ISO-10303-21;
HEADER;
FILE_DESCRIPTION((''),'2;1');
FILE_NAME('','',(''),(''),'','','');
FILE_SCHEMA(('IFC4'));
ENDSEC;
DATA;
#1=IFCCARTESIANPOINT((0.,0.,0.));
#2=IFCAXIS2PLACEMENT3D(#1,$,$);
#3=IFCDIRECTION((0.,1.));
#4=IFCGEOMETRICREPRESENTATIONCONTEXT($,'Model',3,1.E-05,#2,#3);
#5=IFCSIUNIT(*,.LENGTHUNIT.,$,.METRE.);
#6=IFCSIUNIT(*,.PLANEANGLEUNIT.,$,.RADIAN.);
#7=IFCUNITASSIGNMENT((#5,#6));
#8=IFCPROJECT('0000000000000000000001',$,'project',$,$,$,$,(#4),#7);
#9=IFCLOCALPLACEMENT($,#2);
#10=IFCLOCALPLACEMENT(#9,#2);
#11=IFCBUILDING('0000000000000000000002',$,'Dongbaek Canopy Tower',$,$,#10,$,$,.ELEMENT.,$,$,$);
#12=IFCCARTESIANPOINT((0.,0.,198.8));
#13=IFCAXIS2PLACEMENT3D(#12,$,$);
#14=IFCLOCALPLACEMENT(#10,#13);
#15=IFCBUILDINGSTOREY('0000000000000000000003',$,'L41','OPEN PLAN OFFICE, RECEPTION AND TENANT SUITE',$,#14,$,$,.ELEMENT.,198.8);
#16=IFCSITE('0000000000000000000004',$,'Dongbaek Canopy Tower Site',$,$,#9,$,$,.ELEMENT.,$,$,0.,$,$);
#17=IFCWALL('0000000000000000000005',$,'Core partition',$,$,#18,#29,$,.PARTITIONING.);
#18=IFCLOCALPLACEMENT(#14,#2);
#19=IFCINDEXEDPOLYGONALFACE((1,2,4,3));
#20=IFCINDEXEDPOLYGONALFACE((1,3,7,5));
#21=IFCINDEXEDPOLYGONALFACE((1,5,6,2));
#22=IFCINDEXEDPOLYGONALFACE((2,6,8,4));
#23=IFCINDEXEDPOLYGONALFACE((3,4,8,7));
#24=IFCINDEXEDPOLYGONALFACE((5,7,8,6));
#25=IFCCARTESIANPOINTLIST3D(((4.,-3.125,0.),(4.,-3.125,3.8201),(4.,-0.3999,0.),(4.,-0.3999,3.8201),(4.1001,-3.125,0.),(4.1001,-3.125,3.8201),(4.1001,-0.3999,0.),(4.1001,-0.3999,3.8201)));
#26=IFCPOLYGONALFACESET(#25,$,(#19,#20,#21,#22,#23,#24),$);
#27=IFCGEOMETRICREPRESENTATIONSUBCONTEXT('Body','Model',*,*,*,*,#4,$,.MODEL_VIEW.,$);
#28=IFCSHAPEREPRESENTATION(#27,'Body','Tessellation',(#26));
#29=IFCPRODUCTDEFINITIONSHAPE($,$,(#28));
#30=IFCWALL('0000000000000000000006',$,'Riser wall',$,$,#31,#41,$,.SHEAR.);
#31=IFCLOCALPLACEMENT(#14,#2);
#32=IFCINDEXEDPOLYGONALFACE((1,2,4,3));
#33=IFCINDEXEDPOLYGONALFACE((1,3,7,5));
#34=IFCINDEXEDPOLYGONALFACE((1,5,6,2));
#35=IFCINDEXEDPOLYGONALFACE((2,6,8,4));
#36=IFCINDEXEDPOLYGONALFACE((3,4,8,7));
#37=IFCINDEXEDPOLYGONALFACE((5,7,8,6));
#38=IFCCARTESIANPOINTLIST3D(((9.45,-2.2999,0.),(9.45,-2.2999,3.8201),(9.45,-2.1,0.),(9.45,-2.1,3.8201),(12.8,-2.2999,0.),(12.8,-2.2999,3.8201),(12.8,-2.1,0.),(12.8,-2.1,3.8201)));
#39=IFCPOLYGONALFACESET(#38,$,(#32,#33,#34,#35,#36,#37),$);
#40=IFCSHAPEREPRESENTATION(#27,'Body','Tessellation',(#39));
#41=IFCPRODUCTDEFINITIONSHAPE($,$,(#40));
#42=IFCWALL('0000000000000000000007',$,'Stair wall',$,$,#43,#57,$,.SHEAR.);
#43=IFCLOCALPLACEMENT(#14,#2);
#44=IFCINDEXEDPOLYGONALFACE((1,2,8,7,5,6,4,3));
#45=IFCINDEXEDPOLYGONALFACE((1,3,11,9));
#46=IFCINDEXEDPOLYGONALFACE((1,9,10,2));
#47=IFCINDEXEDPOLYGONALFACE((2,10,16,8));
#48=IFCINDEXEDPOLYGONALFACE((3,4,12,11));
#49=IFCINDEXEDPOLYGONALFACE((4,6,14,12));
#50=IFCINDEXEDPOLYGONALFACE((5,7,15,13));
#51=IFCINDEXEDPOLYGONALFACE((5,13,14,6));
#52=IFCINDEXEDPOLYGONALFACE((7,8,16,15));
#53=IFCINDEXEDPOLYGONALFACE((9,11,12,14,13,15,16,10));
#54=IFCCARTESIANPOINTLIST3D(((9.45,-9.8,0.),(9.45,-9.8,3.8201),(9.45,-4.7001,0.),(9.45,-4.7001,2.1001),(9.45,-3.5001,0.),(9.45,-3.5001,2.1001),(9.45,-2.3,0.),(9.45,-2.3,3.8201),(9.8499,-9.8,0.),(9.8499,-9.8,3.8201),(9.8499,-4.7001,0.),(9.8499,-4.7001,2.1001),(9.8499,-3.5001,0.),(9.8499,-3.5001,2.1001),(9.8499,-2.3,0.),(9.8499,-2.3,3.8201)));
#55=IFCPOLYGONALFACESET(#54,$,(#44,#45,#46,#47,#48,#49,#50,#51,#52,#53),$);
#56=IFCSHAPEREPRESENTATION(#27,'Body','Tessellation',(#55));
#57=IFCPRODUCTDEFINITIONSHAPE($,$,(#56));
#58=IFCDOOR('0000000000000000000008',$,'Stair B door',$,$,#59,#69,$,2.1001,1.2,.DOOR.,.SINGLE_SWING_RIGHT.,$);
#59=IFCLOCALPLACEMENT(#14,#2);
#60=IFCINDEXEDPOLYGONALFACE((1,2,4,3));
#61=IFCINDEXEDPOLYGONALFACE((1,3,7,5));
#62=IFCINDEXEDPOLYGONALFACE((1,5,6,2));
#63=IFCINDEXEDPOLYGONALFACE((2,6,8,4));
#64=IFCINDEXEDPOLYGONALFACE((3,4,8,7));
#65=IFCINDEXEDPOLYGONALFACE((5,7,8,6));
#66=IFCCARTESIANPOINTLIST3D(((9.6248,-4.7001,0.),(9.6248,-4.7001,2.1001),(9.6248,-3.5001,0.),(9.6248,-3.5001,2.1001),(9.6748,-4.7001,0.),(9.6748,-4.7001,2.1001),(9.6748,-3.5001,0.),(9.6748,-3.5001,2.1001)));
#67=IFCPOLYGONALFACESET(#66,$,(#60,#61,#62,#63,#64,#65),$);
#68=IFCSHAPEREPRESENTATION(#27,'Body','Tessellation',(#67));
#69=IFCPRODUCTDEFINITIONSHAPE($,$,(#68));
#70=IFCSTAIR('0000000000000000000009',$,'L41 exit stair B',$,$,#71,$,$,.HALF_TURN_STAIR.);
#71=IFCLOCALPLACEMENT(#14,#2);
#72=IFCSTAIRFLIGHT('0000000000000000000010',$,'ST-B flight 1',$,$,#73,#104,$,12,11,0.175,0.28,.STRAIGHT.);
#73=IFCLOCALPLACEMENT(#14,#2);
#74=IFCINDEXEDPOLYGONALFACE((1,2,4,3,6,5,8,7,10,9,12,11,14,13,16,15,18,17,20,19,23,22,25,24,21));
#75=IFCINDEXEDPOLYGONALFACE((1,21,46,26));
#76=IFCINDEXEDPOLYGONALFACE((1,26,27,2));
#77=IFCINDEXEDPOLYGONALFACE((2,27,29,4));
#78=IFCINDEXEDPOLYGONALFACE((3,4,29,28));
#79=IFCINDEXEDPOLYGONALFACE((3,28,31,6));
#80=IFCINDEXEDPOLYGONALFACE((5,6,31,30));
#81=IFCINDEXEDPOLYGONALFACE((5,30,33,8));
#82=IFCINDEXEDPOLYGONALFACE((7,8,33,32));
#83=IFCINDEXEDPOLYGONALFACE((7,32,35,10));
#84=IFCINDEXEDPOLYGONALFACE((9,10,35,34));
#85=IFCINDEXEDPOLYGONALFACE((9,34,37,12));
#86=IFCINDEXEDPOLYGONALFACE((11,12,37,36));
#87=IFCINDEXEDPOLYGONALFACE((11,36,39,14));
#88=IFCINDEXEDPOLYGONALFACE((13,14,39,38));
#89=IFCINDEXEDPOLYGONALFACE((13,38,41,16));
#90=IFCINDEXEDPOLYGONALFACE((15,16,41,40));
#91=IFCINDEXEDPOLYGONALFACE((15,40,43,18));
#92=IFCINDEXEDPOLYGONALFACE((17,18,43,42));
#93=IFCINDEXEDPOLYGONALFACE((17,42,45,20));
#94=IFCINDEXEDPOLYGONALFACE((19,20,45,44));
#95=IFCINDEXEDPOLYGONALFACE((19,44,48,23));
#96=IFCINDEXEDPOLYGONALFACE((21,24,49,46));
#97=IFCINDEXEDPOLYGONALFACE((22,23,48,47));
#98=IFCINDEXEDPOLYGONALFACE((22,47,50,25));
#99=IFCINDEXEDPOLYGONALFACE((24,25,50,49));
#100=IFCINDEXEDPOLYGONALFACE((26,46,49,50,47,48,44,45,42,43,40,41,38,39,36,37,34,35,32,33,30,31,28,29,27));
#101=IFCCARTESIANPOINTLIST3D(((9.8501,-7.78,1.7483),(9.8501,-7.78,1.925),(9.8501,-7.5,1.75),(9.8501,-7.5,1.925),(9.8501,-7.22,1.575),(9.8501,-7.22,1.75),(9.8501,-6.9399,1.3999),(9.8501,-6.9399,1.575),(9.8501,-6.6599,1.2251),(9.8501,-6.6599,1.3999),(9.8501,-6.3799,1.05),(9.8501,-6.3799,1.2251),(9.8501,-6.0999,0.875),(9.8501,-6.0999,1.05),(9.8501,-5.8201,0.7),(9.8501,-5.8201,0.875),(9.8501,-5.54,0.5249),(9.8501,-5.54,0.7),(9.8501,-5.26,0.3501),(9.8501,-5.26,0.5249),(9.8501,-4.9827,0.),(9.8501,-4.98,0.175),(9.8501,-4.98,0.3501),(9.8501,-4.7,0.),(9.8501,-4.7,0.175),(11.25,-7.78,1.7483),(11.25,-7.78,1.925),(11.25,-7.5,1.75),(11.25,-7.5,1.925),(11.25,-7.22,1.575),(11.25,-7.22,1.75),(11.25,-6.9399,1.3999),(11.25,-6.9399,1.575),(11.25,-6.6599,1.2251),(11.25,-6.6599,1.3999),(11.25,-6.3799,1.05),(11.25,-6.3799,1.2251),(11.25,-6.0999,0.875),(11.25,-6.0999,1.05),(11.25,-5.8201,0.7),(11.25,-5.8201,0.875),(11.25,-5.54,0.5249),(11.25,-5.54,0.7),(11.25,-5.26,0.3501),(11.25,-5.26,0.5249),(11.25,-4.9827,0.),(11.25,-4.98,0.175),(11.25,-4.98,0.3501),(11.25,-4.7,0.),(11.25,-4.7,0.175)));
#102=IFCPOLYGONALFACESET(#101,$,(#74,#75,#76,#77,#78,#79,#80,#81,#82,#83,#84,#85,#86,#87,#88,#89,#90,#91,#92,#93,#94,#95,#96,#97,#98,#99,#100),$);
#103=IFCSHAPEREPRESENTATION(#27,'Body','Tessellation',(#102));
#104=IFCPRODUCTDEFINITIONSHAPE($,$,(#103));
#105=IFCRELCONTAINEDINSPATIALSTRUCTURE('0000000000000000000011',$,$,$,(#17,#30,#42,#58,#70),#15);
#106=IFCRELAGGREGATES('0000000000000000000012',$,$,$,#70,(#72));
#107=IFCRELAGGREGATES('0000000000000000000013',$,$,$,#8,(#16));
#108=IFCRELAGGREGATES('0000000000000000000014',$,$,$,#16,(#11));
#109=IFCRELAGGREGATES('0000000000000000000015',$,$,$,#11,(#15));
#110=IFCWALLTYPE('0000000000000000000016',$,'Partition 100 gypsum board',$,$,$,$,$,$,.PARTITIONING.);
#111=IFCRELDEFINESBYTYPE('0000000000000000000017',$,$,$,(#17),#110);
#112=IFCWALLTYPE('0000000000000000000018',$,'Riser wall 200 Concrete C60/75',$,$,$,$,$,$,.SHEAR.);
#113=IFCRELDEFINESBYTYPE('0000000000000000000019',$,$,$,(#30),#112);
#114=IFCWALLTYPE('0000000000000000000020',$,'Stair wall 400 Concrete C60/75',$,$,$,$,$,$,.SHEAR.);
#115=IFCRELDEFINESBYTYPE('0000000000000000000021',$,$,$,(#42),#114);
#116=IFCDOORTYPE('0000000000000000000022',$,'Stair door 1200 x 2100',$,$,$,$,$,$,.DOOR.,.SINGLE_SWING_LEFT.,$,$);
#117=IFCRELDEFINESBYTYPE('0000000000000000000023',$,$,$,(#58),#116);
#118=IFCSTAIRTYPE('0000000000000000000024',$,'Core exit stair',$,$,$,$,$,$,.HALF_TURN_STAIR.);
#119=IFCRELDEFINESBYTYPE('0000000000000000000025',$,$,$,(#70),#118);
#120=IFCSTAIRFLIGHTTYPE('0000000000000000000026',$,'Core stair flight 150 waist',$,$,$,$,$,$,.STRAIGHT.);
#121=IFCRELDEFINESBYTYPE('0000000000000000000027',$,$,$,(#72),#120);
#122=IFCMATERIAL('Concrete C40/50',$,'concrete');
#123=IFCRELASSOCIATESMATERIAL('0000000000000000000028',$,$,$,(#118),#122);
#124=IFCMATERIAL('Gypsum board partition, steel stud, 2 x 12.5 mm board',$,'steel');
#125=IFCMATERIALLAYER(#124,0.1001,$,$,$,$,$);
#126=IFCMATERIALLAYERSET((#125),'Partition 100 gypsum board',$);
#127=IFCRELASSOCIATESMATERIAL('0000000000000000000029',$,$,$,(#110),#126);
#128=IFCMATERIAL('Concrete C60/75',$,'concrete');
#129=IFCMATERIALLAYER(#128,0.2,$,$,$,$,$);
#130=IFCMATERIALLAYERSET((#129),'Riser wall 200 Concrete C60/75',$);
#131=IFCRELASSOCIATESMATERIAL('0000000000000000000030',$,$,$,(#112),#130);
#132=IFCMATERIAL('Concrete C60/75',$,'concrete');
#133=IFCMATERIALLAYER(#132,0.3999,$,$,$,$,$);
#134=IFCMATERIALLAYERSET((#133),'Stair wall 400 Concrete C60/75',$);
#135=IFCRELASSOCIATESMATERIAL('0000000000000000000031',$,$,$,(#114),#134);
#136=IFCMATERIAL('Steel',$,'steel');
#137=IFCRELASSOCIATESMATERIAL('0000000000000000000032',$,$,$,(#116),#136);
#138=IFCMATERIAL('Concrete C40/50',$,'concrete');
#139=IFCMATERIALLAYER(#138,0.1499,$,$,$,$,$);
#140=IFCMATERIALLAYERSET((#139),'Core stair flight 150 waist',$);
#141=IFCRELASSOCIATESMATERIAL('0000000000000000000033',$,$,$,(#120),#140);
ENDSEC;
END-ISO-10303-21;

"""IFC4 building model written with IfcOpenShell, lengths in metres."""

from ifc_helpers import new_model, si_unit, direction, frame, frame_2d, origin, place, context, subcontext, project, spatial, polyline, rectangle, outline, extrude, material, layer, layer_set, type_object, element, fill, aggregate, save


model = new_model("IFC4")

# Units and contexts
model_context = context("Model", 3, precision=1e-05, world=origin(), true_north=direction((0.0, 1.0)))
body_context = subcontext(model_context, "Body", "Model", "MODEL_VIEW")
ifc_project = project(units=[si_unit("LENGTHUNIT", "METRE"), si_unit("PLANEANGLEUNIT", "RADIAN")], contexts=[model_context])

# Site, building, storey
site_placement = place(None, origin())
site = spatial("IfcSite", under=ifc_project, at=site_placement, Name="Dongbaek Canopy Tower Site", CompositionType="ELEMENT", RefElevation=0.0)
building_placement = place(site_placement, origin())
building = spatial("IfcBuilding", under=site, at=building_placement, Name="Dongbaek Canopy Tower", CompositionType="ELEMENT")
storey_placement = place(building_placement, frame((0.0, 0.0, 198.8)))
storey = spatial("IfcBuildingStorey", under=building, at=storey_placement, Name="L41", Description="OPEN PLAN OFFICE, RECEPTION AND TENANT SUITE", CompositionType="ELEMENT", Elevation=198.8)

# Shared definitions
ifc_material_1 = material(Name="Concrete C40/50", Category="concrete")
stair_type = type_object("IfcStairType", Name="Core exit stair", PredefinedType="HALF_TURN_STAIR", material=ifc_material_1)

# Walls
ifc_material_2 = material(Name="Gypsum board partition, steel stud, 2 x 12.5 mm board", Category="steel")
ifc_layer_1 = layer(ifc_material_2, 0.1001)
ifc_layer_set_1 = layer_set([ifc_layer_1], Name="Partition 100 gypsum board")
wall_type_1 = type_object("IfcWallType", Name="Partition 100 gypsum board", PredefinedType="PARTITIONING", material=ifc_layer_set_1)
wall_1_placement = place(storey_placement, frame((4.05, -3.125, 0.0), z_axis=(0.0, 0.0, 1.0), x_axis=(0.0, 1.0, 0.0)))
element("IfcWall", 1, at=wall_1_placement, inside=storey, type_object=wall_type_1, Name="Core partition", PredefinedType="PARTITIONING", context=body_context, shape_type="SweptSolid", body=[
    extrude(rectangle(XDim=2.7251, YDim=0.1001, at=frame_2d((1.3625, 0.0))), origin(), (0.0, 0.0, 1.0), 3.8201),
])
ifc_material_3 = material(Name="Concrete C60/75", Category="concrete")
ifc_layer_2 = layer(ifc_material_3, 0.2)
ifc_layer_set_2 = layer_set([ifc_layer_2], Name="Riser wall 200 Concrete C60/75")
wall_type_2 = type_object("IfcWallType", Name="Riser wall 200 Concrete C60/75", PredefinedType="SHEAR", material=ifc_layer_set_2)
wall_2_placement = place(storey_placement, frame((9.45, -2.2, 0.0), z_axis=(0.0, 0.0, 1.0), x_axis=(1.0, 0.0, 0.0)))
element("IfcWall", 2, at=wall_2_placement, inside=storey, type_object=wall_type_2, Name="Riser wall", PredefinedType="SHEAR", context=body_context, shape_type="SweptSolid", body=[
    extrude(rectangle(XDim=3.3501, YDim=0.2, at=frame_2d((1.675, 0.0))), origin(), (0.0, 0.0, 1.0), 3.8201),
])

# Wall, opening, door
ifc_material_4 = material(Name="Concrete C60/75", Category="concrete")
ifc_layer_3 = layer(ifc_material_4, 0.3999)
ifc_layer_set_3 = layer_set([ifc_layer_3], Name="Stair wall 400 Concrete C60/75")
wall_type_3 = type_object("IfcWallType", Name="Stair wall 400 Concrete C60/75", PredefinedType="SHEAR", material=ifc_layer_set_3)
wall_3_placement = place(storey_placement, frame((9.6499, -2.3, 0.0), z_axis=(0.0, 0.0, 1.0), x_axis=(0.0, -1.0, 0.0)))
wall_3 = element("IfcWall", 3, at=wall_3_placement, inside=storey, type_object=wall_type_3, Name="Stair wall", PredefinedType="SHEAR", context=body_context, shape_type="SweptSolid", body=[
    extrude(rectangle(XDim=7.5, YDim=0.3999, at=frame_2d((3.75, 0.0))), origin(), (0.0, 0.0, 1.0), 3.8201),
])
opening_1_placement = place(wall_3_placement, frame((1.2, 0.0, 0.0)))
opening_1 = element("IfcOpeningElement", 4, at=opening_1_placement, cuts=wall_3, PredefinedType="OPENING", context=body_context, shape_type="SweptSolid", body=[
    extrude(rectangle(XDim=1.2, YDim=2.1001, at=frame_2d((0.6001, 1.05))), frame((0.0, 0.21, 0.0), z_axis=(0.0, -1.0, 0.0), x_axis=(1.0, 0.0, 0.0)), (0.0, 0.0, 1.0), 0.4199),
])
ifc_material_5 = material(Name="Steel", Category="steel")
door_type_1 = type_object("IfcDoorType", Name="Stair door 1200 x 2100", OperationType="SINGLE_SWING_LEFT", PredefinedType="DOOR", material=ifc_material_5)
door_1_placement = place(opening_1_placement, origin())
door_1 = element("IfcDoor", 5, at=door_1_placement, inside=storey, type_object=door_type_1, Name="Stair B door", OperationType="SINGLE_SWING_RIGHT", OverallHeight=2.1001, OverallWidth=1.2, PredefinedType="DOOR", context=body_context, shape_type="SweptSolid", body=[
    extrude(rectangle(XDim=1.2, YDim=2.1001, at=frame_2d((0.6001, 1.05))), frame((0.0, 0.0249, 0.0), z_axis=(0.0, -1.0, 0.0), x_axis=(1.0, 0.0, 0.0)), (0.0, 0.0, 1.0), 0.05),
])
fill(opening_1, door_1)

# Stair, stair flight
stair_1_placement = place(storey_placement, origin())
stair_1 = element("IfcStair", 6, at=stair_1_placement, inside=storey, type_object=stair_type, Name="L41 exit stair B", PredefinedType="HALF_TURN_STAIR")
ifc_material_6 = material(Name="Concrete C40/50", Category="concrete")
ifc_layer_4 = layer(ifc_material_6, 0.1499)
ifc_layer_set_4 = layer_set([ifc_layer_4], Name="Core stair flight 150 waist")
stair_flight_type = type_object("IfcStairFlightType", Name="Core stair flight 150 waist", PredefinedType="STRAIGHT", material=ifc_layer_set_4)
stair_flight_placement = place(storey_placement, frame((10.55, -4.7, 0.0), z_axis=(0.0, 0.0, 1.0), x_axis=(0.0, -1.0, 0.0)))
stair_flight = element("IfcStairFlight", 7, at=stair_flight_placement, type_object=stair_flight_type, Name="ST-B flight 1", NumberOfRisers=12, NumberOfTreads=11, PredefinedType="STRAIGHT", RiserHeight=0.175, TreadLength=0.28, context=body_context, shape_type="SweptSolid", body=[
    extrude(outline(polyline([(0.0, 0.0), (0.0, 0.175), (0.28, 0.175), (0.28, 0.3501), (0.5601, 0.3501), (0.5601, 0.5249), (0.8401, 0.5249), (0.8401, 0.7), (1.1201, 0.7), (1.1201, 0.875), (1.3999, 0.875), (1.3999, 1.05), (1.6799, 1.05), (1.6799, 1.2251), (1.96, 1.2251), (1.96, 1.3999), (2.24, 1.3999), (2.24, 1.575), (2.52, 1.575), (2.52, 1.75), (2.8, 1.75), (2.8, 1.925), (3.0801, 1.925), (3.0801, 2.1001), (3.0801, 1.7483), (0.2827, 0.0), (0.0, 0.0)])), frame((0.0, 0.7, 0.0), z_axis=(0.0, -1.0, 0.0), x_axis=(1.0, 0.0, 0.0)), (0.0, 0.0, 1.0), 1.3999),
])
aggregate(stair_1, [stair_flight])

save(model, "model.ifc")
